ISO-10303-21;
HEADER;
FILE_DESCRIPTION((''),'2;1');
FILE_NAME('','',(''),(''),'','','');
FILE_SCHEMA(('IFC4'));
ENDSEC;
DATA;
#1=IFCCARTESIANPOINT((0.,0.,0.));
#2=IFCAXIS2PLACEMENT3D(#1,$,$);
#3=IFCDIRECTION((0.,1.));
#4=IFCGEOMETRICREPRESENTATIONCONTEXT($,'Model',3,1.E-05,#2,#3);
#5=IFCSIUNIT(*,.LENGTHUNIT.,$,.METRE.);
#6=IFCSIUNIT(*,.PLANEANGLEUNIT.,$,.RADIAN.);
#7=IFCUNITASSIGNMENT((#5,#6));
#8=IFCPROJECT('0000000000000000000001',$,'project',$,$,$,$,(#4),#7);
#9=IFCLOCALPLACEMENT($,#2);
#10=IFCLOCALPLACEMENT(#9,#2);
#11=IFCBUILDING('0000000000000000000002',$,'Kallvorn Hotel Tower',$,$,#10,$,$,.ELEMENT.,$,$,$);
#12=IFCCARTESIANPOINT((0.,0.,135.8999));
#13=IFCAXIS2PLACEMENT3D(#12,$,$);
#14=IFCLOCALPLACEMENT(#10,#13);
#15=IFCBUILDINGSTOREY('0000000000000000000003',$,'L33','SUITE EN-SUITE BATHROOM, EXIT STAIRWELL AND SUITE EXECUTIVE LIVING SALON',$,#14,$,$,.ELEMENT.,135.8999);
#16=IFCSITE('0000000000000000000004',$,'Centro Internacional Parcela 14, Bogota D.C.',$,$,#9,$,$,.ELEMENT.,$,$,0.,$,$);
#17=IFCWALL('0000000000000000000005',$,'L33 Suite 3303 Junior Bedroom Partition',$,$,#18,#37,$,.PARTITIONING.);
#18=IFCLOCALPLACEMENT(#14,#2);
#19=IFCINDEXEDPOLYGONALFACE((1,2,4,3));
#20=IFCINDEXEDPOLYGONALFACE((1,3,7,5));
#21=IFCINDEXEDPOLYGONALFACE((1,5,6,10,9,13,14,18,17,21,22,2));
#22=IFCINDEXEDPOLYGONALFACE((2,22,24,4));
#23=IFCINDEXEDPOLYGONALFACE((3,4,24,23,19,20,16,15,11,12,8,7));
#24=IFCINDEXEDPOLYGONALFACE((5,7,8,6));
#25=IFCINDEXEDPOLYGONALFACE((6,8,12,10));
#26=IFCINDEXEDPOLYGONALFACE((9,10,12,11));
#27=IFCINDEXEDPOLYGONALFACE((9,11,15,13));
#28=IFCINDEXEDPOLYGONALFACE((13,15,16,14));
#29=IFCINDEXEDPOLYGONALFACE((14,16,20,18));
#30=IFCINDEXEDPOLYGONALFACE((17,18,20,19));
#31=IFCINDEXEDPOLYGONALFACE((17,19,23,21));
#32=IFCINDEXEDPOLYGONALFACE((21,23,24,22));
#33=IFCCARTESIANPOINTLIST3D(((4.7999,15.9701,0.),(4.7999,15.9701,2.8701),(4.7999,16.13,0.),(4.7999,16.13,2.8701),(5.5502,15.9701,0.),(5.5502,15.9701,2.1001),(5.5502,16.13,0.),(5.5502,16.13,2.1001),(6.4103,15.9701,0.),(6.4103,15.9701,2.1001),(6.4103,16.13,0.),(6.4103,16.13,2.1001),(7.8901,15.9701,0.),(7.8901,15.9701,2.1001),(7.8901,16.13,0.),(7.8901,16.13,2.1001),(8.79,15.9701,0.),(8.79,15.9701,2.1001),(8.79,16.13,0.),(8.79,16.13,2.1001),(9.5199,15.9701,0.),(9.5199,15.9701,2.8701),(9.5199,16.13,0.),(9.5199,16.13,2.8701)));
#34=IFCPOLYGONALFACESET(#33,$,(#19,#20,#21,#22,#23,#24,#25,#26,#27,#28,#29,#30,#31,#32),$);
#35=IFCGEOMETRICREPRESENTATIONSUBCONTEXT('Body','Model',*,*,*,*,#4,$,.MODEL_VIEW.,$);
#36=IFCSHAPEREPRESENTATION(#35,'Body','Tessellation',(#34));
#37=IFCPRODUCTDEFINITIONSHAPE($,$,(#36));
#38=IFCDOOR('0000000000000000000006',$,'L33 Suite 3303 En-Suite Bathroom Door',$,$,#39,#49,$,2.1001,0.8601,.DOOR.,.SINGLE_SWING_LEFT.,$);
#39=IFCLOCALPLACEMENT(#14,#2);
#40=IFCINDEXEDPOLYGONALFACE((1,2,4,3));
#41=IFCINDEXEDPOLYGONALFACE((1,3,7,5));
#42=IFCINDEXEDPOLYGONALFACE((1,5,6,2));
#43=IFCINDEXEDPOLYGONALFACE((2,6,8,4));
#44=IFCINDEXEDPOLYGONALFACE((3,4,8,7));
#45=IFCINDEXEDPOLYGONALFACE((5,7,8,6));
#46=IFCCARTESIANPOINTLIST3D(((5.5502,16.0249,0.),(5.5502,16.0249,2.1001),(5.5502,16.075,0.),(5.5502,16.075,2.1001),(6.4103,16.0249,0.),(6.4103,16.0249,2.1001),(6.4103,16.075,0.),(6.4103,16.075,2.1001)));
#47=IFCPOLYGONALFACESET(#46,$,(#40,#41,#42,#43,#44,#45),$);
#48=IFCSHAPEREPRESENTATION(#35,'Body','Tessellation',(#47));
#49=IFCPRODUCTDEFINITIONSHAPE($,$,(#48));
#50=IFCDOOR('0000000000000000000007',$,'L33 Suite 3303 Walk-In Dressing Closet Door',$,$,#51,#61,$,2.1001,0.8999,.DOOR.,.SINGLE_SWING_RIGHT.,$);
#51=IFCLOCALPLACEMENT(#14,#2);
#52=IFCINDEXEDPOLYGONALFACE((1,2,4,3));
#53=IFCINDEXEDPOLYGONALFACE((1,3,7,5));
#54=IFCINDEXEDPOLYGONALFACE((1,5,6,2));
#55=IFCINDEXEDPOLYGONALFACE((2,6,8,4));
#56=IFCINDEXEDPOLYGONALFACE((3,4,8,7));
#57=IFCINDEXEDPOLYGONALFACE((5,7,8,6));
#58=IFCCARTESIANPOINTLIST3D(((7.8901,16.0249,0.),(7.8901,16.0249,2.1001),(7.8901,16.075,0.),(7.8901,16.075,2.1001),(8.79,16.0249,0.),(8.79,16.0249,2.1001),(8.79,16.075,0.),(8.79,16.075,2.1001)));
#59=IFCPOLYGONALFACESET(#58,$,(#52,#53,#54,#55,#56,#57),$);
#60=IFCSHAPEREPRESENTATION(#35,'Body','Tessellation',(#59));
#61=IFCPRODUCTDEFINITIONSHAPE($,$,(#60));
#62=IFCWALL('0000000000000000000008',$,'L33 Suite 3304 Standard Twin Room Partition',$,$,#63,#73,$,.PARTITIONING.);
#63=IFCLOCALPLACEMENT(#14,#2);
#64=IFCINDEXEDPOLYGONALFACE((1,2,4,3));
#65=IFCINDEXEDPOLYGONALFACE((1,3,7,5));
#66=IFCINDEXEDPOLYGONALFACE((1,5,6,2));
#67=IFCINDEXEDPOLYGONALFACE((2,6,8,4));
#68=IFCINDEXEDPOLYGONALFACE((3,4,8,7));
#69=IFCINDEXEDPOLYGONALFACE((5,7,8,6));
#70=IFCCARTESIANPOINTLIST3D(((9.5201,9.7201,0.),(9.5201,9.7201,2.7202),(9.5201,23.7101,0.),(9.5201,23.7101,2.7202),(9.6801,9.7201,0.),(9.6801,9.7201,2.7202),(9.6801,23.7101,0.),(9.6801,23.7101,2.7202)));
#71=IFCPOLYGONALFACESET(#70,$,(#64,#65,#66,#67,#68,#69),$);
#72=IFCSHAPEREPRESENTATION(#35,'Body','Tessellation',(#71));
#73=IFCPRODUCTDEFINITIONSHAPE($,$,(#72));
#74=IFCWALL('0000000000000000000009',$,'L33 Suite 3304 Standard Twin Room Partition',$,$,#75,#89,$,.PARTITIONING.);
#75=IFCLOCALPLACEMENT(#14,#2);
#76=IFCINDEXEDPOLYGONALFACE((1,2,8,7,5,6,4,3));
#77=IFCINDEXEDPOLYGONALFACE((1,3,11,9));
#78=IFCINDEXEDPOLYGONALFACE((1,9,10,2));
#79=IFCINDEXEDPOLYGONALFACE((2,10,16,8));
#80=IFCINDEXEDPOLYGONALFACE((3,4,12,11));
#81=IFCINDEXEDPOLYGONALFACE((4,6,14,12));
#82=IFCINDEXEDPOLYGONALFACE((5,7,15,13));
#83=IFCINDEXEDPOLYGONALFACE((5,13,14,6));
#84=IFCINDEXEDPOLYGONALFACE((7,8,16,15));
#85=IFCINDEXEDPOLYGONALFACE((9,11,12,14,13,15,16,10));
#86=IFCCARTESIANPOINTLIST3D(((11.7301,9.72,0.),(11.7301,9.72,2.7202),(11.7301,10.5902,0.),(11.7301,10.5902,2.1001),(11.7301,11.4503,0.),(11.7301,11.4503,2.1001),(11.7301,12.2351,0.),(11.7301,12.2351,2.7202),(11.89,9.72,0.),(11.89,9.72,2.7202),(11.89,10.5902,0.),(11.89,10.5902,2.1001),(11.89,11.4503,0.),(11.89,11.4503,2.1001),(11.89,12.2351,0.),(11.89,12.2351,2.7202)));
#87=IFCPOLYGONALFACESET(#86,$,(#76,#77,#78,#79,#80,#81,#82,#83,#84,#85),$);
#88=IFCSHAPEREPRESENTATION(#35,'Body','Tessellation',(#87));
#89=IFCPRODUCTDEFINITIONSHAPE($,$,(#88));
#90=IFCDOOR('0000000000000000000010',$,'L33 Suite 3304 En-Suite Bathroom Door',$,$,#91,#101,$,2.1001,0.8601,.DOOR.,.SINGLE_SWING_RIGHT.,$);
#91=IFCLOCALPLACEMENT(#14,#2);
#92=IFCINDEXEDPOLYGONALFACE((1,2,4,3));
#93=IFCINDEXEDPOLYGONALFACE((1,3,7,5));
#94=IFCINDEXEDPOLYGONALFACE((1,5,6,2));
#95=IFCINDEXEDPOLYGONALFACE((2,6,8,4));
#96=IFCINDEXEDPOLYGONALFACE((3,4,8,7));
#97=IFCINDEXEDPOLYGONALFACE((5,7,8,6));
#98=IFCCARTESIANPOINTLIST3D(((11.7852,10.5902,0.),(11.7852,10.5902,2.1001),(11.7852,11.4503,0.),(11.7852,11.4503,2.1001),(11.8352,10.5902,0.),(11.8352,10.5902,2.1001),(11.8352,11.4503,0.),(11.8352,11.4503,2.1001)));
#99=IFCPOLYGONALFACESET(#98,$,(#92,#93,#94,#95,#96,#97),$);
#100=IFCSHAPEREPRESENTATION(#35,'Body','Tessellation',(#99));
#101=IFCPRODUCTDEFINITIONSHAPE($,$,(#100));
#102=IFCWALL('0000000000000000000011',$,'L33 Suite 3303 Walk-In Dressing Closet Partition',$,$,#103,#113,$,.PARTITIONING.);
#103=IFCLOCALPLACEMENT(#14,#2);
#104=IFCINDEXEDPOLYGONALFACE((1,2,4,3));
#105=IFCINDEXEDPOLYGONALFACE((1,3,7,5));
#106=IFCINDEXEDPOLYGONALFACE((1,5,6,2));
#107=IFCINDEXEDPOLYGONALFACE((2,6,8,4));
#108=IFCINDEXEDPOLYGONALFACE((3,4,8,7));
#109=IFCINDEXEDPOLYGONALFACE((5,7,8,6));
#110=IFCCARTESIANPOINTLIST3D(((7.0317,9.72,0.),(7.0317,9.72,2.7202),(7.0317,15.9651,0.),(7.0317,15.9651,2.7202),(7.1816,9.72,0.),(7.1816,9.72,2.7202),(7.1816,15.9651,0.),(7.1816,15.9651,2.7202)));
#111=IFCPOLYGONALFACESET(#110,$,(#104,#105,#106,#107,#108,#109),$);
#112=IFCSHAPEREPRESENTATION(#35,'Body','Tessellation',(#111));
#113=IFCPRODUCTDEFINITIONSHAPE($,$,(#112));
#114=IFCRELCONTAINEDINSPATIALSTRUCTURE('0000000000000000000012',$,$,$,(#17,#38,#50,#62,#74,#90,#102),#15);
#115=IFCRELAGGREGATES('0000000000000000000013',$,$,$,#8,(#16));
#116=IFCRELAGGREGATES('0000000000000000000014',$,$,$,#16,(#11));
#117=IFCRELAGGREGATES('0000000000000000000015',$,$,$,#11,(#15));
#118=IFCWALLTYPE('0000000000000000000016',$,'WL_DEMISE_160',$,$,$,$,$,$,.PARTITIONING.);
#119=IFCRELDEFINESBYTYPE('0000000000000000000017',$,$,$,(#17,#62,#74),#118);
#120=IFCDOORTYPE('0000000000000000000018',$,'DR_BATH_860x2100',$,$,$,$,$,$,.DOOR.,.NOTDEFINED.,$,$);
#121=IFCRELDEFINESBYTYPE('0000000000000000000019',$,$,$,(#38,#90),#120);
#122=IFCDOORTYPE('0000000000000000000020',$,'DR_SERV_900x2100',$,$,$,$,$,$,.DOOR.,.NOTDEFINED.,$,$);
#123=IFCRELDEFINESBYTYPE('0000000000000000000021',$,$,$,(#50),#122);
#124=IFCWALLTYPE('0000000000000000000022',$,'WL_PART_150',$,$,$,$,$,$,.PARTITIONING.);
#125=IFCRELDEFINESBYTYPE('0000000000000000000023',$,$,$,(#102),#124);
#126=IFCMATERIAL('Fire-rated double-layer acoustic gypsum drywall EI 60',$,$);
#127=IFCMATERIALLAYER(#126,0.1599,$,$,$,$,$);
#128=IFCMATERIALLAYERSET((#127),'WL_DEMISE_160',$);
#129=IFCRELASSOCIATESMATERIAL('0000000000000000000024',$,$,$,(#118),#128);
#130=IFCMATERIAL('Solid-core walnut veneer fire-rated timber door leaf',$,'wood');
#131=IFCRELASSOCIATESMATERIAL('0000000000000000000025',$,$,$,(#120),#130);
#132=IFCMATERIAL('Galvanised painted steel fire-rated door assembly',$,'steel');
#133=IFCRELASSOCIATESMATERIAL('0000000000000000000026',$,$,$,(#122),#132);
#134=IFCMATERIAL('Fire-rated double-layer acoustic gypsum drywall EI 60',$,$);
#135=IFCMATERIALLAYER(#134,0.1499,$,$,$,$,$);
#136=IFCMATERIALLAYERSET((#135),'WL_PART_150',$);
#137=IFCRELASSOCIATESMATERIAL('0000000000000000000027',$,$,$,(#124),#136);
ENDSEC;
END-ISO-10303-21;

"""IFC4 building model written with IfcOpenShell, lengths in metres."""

from ifc_helpers import new_model, si_unit, direction, frame, frame_2d, origin, place, context, subcontext, project, spatial, rectangle, extrude, material, layer, layer_set, type_object, element, fill, save


model = new_model("IFC4")

# Units and contexts
model_context = context("Model", 3, precision=1e-05, world=origin(), true_north=direction((0.0, 1.0)))
body_context = subcontext(model_context, "Body", "Model", "MODEL_VIEW")
ifc_project = project(units=[si_unit("LENGTHUNIT", "METRE"), si_unit("PLANEANGLEUNIT", "RADIAN")], contexts=[model_context])

# Site, building, storey
site_placement = place(None, origin())
site = spatial("IfcSite", under=ifc_project, at=site_placement, Name="Centro Internacional Parcela 14, Bogota D.C.", CompositionType="ELEMENT", RefElevation=0.0)
building_placement = place(site_placement, origin())
building = spatial("IfcBuilding", under=site, at=building_placement, Name="Kallvorn Hotel Tower", CompositionType="ELEMENT")
storey_placement = place(building_placement, frame((0.0, 0.0, 135.8999)))
storey = spatial("IfcBuildingStorey", under=building, at=storey_placement, Name="L33", Description="SUITE EN-SUITE BATHROOM, EXIT STAIRWELL AND SUITE EXECUTIVE LIVING SALON", CompositionType="ELEMENT", Elevation=135.8999)

# Shared definitions
ifc_material_1 = material(Name="Fire-rated double-layer acoustic gypsum drywall EI 60")
ifc_layer_1 = layer(ifc_material_1, 0.1599)
ifc_layer_set_1 = layer_set([ifc_layer_1], Name="WL_DEMISE_160")
wall_type_1 = type_object("IfcWallType", Name="WL_DEMISE_160", PredefinedType="PARTITIONING", material=ifc_layer_set_1)

# Wall, openings, doors
wall_1_placement = place(storey_placement, frame((4.8, 16.05, 0.0), z_axis=(0.0, 0.0, 1.0), x_axis=(1.0, 0.0, 0.0)))
wall_1 = element("IfcWall", 1, at=wall_1_placement, inside=storey, type_object=wall_type_1, Name="L33 Suite 3303 Junior Bedroom Partition", PredefinedType="PARTITIONING", context=body_context, shape_type="SweptSolid", body=[
    extrude(rectangle(XDim=4.72, YDim=0.1599, at=frame_2d((2.3599, 0.0))), origin(), (0.0, 0.0, 1.0), 2.8701),
])
opening_1_placement = place(wall_1_placement, frame((0.75, 0.0, 0.0)))
opening_1 = element("IfcOpeningElement", 2, at=opening_1_placement, cuts=wall_1, PredefinedType="OPENING", context=body_context, shape_type="SweptSolid", body=[
    extrude(rectangle(XDim=0.8601, YDim=2.1001, at=frame_2d((0.4302, 1.05))), frame((0.0, 0.095, 0.0), z_axis=(0.0, -1.0, 0.0), x_axis=(1.0, 0.0, 0.0)), (0.0, 0.0, 1.0), 0.1899),
])
opening_2_placement = place(wall_1_placement, frame((3.0901, 0.0, 0.0)))
opening_2 = element("IfcOpeningElement", 3, at=opening_2_placement, cuts=wall_1, PredefinedType="OPENING", context=body_context, shape_type="SweptSolid", body=[
    extrude(rectangle(XDim=0.8999, YDim=2.1001, at=frame_2d((0.45, 1.05))), frame((0.0, 0.095, 0.0), z_axis=(0.0, -1.0, 0.0), x_axis=(1.0, 0.0, 0.0)), (0.0, 0.0, 1.0), 0.1899),
])
ifc_material_2 = material(Name="Solid-core walnut veneer fire-rated timber door leaf", Category="wood")
door_type_1 = type_object("IfcDoorType", Name="DR_BATH_860x2100", OperationType="NOTDEFINED", PredefinedType="DOOR", material=ifc_material_2)
door_1_placement = place(opening_1_placement, origin())
door_1 = element("IfcDoor", 4, at=door_1_placement, inside=storey, type_object=door_type_1, Name="L33 Suite 3303 En-Suite Bathroom Door", OperationType="SINGLE_SWING_LEFT", OverallHeight=2.1001, OverallWidth=0.8601, PredefinedType="DOOR", context=body_context, shape_type="SweptSolid", body=[
    extrude(rectangle(XDim=0.8601, YDim=2.1001, at=frame_2d((0.4302, 1.05))), frame((0.0, 0.0249, 0.0), z_axis=(0.0, -1.0, 0.0), x_axis=(1.0, 0.0, 0.0)), (0.0, 0.0, 1.0), 0.05),
])
fill(opening_1, door_1)
ifc_material_3 = material(Name="Galvanised painted steel fire-rated door assembly", Category="steel")
door_type_2 = type_object("IfcDoorType", Name="DR_SERV_900x2100", OperationType="NOTDEFINED", PredefinedType="DOOR", material=ifc_material_3)
door_2_placement = place(opening_2_placement, origin())
door_2 = element("IfcDoor", 5, at=door_2_placement, inside=storey, type_object=door_type_2, Name="L33 Suite 3303 Walk-In Dressing Closet Door", OperationType="SINGLE_SWING_RIGHT", OverallHeight=2.1001, OverallWidth=0.8999, PredefinedType="DOOR", context=body_context, shape_type="SweptSolid", body=[
    extrude(rectangle(XDim=0.8999, YDim=2.1001, at=frame_2d((0.45, 1.05))), frame((0.0, 0.0249, 0.0), z_axis=(0.0, -1.0, 0.0), x_axis=(1.0, 0.0, 0.0)), (0.0, 0.0, 1.0), 0.05),
])
fill(opening_2, door_2)

# Wall
wall_2_placement = place(storey_placement, frame((9.6001, 9.72, 0.0), z_axis=(0.0, 0.0, 1.0), x_axis=(0.0, 1.0, 0.0)))
element("IfcWall", 6, at=wall_2_placement, inside=storey, type_object=wall_type_1, Name="L33 Suite 3304 Standard Twin Room Partition", PredefinedType="PARTITIONING", context=body_context, shape_type="SweptSolid", body=[
    extrude(rectangle(XDim=13.99, YDim=0.1599, at=frame_2d((6.9951, 0.0))), origin(), (0.0, 0.0, 1.0), 2.7202),
])

# Wall, opening, door
wall_3_placement = place(storey_placement, frame((11.8101, 9.72, 0.0), z_axis=(0.0, 0.0, 1.0), x_axis=(0.0, 1.0, 0.0)))
wall_3 = element("IfcWall", 7, at=wall_3_placement, inside=storey, type_object=wall_type_1, Name="L33 Suite 3304 Standard Twin Room Partition", PredefinedType="PARTITIONING", context=body_context, shape_type="SweptSolid", body=[
    extrude(rectangle(XDim=2.5151, YDim=0.1599, at=frame_2d((1.2576, 0.0))), origin(), (0.0, 0.0, 1.0), 2.7202),
])
opening_3_placement = place(wall_3_placement, frame((0.8701, 0.0, 0.0)))
opening_3 = element("IfcOpeningElement", 8, at=opening_3_placement, cuts=wall_3, PredefinedType="OPENING", context=body_context, shape_type="SweptSolid", body=[
    extrude(rectangle(XDim=0.8601, YDim=2.1001, at=frame_2d((0.4302, 1.05))), frame((0.0, 0.095, 0.0), z_axis=(0.0, -1.0, 0.0), x_axis=(1.0, 0.0, 0.0)), (0.0, 0.0, 1.0), 0.1899),
])
door_3_placement = place(opening_3_placement, origin())
door_3 = element("IfcDoor", 9, at=door_3_placement, inside=storey, type_object=door_type_1, Name="L33 Suite 3304 En-Suite Bathroom Door", OperationType="SINGLE_SWING_RIGHT", OverallHeight=2.1001, OverallWidth=0.8601, PredefinedType="DOOR", context=body_context, shape_type="SweptSolid", body=[
    extrude(rectangle(XDim=0.8601, YDim=2.1001, at=frame_2d((0.4302, 1.05))), frame((0.0, 0.0249, 0.0), z_axis=(0.0, -1.0, 0.0), x_axis=(1.0, 0.0, 0.0)), (0.0, 0.0, 1.0), 0.05),
])
fill(opening_3, door_3)

# Wall
ifc_material_4 = material(Name="Fire-rated double-layer acoustic gypsum drywall EI 60")
ifc_layer_2 = layer(ifc_material_4, 0.1499)
ifc_layer_set_2 = layer_set([ifc_layer_2], Name="WL_PART_150")
wall_type_2 = type_object("IfcWallType", Name="WL_PART_150", PredefinedType="PARTITIONING", material=ifc_layer_set_2)
wall_4_placement = place(storey_placement, frame((7.1067, 9.72, 0.0), z_axis=(0.0, 0.0, 1.0), x_axis=(0.0, 1.0, 0.0)))
element("IfcWall", 10, at=wall_4_placement, inside=storey, type_object=wall_type_2, Name="L33 Suite 3303 Walk-In Dressing Closet Partition", PredefinedType="PARTITIONING", context=body_context, shape_type="SweptSolid", body=[
    extrude(rectangle(XDim=6.2451, YDim=0.1499, at=frame_2d((3.1226, 0.0))), origin(), (0.0, 0.0, 1.0), 2.7202),
])

save(model, "model.ifc")
